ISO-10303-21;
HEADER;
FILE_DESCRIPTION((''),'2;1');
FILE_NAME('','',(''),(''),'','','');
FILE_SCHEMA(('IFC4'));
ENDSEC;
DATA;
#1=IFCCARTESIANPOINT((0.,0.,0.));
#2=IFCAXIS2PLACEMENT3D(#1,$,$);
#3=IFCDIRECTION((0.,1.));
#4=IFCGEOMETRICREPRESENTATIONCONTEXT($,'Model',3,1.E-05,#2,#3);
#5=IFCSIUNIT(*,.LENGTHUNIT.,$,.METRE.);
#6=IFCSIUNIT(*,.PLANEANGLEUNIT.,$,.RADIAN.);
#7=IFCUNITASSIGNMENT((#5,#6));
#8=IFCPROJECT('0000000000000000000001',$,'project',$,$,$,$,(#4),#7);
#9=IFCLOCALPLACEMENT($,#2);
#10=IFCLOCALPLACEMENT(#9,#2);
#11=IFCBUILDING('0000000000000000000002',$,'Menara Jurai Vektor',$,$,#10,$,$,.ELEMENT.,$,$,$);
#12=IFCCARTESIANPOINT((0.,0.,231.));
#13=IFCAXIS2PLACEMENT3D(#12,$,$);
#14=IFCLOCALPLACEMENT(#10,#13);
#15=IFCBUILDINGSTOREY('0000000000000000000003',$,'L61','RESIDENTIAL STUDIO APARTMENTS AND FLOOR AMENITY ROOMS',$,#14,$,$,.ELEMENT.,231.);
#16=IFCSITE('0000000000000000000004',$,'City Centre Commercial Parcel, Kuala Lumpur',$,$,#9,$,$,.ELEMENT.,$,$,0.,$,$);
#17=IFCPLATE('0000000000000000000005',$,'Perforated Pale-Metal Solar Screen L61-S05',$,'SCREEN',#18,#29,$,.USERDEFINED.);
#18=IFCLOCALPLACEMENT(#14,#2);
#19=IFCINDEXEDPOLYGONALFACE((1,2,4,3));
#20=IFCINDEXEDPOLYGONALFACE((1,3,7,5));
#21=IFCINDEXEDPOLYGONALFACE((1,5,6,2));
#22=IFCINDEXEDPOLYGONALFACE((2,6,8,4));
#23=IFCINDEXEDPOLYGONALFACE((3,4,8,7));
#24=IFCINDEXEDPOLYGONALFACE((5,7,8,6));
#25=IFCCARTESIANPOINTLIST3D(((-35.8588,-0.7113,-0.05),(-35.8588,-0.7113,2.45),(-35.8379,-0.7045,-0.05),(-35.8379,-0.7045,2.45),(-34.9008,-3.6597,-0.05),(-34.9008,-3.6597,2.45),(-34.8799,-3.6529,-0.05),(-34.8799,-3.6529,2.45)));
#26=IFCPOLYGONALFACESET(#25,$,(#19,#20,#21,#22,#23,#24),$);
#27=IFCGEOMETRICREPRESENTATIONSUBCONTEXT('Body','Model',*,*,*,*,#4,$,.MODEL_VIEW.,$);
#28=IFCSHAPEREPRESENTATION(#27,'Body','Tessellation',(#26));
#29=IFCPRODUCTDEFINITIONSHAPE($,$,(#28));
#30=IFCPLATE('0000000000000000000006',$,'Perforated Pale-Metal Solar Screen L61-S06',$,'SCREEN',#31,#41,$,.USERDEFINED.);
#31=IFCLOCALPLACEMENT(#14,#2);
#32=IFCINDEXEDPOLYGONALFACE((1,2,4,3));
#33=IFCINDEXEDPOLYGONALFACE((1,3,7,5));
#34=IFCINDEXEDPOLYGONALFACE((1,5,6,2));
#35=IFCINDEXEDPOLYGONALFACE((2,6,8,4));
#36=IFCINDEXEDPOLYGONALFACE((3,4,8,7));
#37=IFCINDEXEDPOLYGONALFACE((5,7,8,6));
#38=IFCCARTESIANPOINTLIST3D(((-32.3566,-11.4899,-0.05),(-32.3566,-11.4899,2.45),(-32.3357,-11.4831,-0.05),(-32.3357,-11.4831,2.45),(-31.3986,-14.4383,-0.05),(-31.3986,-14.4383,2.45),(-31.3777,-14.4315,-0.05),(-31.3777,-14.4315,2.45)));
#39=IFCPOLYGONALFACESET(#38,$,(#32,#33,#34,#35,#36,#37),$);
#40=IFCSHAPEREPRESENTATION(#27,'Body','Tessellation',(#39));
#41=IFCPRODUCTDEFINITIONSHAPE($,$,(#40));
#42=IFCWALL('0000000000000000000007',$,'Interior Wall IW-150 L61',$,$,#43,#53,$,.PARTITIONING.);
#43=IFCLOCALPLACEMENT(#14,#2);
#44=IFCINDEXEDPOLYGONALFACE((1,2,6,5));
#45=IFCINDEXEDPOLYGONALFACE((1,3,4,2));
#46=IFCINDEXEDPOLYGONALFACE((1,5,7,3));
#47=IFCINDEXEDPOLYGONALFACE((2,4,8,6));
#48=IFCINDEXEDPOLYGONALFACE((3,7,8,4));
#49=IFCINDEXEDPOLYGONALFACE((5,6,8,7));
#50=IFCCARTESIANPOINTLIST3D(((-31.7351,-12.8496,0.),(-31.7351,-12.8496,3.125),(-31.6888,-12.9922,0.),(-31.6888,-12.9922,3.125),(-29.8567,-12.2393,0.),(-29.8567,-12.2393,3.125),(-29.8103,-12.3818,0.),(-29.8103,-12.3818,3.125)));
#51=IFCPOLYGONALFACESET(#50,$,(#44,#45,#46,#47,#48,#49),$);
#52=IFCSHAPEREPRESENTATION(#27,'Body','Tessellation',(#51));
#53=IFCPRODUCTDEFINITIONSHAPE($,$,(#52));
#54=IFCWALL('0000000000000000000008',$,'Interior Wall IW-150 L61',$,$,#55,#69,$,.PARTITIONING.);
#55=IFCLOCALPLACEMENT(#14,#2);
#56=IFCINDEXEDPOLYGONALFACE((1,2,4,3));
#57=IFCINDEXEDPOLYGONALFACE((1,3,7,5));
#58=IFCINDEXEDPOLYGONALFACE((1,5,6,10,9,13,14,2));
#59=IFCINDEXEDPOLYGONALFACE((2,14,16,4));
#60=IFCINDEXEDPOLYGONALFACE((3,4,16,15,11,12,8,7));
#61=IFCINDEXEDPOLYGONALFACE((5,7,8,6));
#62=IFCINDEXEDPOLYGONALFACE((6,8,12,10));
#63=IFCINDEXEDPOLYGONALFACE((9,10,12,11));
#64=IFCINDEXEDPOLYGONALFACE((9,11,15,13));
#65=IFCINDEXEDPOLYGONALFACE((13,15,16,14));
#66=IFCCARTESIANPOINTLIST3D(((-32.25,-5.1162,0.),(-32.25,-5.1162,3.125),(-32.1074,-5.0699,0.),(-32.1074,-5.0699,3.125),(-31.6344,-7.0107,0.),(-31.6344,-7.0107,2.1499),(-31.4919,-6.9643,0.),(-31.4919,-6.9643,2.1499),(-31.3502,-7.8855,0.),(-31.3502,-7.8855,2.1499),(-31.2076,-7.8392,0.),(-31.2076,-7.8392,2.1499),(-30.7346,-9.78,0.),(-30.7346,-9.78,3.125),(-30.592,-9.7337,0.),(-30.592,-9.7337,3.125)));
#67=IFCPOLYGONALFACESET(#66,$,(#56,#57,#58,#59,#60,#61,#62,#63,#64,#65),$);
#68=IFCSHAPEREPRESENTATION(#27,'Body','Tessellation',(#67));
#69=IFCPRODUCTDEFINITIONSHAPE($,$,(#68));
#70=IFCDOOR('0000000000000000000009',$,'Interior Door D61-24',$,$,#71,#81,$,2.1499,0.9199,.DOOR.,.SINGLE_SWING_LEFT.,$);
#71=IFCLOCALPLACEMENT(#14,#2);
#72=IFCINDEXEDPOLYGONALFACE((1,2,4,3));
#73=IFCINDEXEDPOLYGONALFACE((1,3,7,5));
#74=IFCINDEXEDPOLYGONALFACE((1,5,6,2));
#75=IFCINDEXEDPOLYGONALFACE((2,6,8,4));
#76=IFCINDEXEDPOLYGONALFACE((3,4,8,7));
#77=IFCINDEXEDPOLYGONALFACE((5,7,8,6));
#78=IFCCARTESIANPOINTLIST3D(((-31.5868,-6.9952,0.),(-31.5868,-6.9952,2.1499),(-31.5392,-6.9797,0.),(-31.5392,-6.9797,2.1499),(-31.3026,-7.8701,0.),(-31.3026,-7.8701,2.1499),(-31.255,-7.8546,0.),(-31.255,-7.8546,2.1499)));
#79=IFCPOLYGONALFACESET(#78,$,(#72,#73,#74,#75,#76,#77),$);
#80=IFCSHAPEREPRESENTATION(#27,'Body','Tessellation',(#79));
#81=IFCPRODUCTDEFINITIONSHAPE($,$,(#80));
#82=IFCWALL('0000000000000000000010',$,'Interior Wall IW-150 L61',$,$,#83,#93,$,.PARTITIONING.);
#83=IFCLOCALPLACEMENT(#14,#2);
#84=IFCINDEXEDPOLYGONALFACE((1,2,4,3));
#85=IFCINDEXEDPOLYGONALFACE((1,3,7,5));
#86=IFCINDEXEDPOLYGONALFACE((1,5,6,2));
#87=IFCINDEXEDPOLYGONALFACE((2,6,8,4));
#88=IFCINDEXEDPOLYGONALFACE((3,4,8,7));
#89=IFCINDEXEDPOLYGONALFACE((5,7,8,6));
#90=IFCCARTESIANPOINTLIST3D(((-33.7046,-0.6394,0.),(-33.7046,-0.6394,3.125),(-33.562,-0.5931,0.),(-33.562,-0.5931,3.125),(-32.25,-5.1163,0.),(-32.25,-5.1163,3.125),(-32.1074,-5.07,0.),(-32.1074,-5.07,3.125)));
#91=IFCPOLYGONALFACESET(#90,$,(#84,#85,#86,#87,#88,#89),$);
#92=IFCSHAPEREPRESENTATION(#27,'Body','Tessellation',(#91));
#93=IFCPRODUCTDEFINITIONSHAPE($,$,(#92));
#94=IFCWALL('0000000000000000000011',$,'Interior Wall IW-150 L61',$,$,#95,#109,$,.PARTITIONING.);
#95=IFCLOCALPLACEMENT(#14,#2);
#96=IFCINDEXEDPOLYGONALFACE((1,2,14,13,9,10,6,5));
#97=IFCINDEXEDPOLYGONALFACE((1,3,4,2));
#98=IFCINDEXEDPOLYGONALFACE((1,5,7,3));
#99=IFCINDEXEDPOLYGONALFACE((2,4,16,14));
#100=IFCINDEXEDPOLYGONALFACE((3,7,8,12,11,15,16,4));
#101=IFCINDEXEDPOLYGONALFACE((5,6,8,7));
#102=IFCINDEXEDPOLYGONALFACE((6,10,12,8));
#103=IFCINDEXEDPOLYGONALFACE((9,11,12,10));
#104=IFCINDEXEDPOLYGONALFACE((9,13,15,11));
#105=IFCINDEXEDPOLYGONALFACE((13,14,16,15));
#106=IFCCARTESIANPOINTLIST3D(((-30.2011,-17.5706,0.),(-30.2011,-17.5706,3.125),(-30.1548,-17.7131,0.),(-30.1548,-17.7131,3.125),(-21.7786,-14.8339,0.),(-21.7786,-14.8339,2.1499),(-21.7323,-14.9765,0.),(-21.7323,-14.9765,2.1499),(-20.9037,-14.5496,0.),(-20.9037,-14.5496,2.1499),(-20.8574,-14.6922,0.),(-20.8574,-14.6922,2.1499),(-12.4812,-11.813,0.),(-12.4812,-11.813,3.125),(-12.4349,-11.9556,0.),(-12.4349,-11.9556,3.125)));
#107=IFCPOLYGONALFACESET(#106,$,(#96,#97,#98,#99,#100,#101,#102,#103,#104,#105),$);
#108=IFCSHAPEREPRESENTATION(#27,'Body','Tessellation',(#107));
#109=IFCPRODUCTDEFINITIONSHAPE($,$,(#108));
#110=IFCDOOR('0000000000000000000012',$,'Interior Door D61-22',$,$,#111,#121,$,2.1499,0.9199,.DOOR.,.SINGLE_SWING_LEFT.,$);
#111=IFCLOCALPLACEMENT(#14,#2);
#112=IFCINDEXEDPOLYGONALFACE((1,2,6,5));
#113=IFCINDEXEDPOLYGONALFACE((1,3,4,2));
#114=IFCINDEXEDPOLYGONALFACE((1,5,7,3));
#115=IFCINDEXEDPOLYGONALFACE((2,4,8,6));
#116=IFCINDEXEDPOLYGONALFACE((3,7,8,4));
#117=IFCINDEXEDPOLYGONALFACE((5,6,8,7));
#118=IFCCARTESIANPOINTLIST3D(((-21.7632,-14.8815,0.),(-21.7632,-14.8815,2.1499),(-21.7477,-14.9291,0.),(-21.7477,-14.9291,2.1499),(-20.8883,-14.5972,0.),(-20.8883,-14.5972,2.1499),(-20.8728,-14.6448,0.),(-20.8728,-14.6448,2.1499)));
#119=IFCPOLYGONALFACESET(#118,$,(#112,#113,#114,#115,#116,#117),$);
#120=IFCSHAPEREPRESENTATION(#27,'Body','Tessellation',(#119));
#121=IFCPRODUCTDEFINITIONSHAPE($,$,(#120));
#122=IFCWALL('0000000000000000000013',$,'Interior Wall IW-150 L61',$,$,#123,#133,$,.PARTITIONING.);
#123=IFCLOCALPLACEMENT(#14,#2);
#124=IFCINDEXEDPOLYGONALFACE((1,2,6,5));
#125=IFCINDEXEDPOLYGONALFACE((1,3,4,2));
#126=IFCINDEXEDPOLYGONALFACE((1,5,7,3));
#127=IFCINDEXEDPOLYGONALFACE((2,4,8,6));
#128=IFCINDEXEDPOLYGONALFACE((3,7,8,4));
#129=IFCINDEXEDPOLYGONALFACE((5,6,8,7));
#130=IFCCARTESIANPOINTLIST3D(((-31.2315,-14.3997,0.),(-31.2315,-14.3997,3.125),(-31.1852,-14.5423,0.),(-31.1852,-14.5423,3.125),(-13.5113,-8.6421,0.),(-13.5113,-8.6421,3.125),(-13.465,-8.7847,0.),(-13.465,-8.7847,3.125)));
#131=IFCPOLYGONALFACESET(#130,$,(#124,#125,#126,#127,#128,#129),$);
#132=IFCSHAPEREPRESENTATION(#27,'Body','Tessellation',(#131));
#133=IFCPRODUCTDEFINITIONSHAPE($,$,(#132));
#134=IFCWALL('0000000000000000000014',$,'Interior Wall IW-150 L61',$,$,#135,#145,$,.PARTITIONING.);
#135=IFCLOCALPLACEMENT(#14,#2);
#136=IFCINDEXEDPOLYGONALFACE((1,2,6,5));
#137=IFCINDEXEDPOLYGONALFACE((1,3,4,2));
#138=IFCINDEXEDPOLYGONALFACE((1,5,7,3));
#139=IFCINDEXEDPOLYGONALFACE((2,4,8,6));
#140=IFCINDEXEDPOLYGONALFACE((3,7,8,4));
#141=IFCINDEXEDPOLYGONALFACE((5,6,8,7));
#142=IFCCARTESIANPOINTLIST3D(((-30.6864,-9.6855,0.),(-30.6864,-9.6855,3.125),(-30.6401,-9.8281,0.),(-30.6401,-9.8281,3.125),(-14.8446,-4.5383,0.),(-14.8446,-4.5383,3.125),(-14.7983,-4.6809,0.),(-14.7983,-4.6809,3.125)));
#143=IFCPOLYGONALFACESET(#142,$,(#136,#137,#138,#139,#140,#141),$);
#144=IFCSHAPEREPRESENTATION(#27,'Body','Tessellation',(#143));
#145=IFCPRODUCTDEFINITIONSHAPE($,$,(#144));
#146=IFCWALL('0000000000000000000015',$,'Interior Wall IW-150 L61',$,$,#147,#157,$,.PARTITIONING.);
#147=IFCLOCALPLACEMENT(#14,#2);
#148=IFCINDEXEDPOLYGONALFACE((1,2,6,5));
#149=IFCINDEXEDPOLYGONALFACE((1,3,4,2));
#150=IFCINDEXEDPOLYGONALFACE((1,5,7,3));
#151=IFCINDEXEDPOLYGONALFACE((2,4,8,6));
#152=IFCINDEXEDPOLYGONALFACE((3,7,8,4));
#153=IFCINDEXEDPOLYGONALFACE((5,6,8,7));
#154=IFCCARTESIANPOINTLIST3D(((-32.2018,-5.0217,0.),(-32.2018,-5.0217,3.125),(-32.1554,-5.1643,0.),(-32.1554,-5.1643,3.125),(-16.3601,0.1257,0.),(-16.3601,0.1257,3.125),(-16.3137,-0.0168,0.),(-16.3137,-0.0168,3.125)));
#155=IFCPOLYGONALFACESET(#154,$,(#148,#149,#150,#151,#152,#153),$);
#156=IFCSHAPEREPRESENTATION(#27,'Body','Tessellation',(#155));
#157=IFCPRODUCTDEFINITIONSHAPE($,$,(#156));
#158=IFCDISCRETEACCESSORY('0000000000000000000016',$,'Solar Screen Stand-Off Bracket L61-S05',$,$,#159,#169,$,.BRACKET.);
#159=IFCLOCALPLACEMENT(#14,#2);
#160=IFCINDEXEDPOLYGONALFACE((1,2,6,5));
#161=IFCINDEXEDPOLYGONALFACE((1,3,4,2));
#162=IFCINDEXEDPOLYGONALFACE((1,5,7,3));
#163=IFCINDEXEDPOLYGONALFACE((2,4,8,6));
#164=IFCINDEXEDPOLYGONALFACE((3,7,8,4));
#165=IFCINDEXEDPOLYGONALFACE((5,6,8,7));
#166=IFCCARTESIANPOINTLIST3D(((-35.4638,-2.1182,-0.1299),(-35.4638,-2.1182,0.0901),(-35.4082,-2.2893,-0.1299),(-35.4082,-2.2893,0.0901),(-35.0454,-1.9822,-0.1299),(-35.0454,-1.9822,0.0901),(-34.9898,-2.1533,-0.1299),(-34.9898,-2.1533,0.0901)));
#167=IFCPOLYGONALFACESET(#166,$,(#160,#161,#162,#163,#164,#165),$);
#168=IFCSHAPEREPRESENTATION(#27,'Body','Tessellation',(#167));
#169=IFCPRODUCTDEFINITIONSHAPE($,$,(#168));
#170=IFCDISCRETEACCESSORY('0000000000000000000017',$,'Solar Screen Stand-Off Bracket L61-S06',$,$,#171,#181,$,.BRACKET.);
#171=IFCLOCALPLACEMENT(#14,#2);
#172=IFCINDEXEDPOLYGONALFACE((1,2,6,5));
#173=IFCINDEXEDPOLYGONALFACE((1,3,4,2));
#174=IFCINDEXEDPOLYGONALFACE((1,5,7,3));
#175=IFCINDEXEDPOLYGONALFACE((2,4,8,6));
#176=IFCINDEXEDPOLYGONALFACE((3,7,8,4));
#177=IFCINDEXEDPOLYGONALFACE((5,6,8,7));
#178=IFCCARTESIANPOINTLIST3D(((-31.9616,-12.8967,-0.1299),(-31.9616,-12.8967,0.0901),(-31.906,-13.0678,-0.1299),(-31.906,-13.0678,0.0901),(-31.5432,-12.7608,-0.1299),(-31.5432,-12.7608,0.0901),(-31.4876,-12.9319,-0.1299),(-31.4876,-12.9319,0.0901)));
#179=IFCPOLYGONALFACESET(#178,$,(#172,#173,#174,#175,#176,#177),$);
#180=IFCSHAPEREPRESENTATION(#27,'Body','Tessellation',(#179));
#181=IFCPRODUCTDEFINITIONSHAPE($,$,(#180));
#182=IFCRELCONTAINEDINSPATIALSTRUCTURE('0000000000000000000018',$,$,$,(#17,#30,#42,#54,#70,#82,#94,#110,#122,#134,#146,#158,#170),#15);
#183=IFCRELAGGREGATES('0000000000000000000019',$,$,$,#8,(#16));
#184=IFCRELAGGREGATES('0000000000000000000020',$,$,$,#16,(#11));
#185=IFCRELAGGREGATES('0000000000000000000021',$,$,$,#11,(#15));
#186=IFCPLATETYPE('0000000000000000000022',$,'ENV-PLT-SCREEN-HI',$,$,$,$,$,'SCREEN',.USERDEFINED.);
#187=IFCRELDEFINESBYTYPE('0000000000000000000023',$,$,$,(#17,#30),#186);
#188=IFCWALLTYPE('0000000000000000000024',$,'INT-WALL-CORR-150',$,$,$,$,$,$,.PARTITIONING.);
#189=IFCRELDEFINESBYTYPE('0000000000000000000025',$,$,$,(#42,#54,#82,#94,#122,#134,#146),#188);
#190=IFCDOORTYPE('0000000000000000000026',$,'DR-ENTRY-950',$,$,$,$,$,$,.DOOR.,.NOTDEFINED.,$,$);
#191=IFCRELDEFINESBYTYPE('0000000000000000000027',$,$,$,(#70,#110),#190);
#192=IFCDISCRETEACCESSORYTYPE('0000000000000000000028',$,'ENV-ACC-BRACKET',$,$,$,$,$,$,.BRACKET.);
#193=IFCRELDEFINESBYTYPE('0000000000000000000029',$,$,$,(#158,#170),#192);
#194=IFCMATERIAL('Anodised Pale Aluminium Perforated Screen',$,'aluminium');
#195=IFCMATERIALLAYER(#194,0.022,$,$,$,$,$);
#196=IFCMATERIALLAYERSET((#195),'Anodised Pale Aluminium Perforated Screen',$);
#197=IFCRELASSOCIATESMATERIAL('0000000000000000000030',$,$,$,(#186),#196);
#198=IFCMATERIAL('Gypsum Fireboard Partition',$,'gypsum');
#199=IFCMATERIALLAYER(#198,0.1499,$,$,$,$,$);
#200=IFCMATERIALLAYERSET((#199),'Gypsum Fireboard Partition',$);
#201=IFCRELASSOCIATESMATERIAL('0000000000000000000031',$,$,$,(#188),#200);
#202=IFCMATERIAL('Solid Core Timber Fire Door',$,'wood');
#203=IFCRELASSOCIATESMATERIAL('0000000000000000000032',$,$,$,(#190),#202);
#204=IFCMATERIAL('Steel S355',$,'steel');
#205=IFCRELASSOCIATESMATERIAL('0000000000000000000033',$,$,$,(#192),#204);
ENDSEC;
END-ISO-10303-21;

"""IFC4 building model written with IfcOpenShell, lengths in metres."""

from ifc_helpers import new_model, si_unit, direction, frame, frame_2d, origin, origin_2d, place, context, subcontext, project, spatial, rectangle, extrude, material, layer, layer_set, type_object, element, fill, save


model = new_model("IFC4")

# Units and contexts
model_context = context("Model", 3, precision=1e-05, world=origin(), true_north=direction((0.0, 1.0)))
body_context = subcontext(model_context, "Body", "Model", "MODEL_VIEW")
ifc_project = project(units=[si_unit("LENGTHUNIT", "METRE"), si_unit("PLANEANGLEUNIT", "RADIAN")], contexts=[model_context])

# Site, building, storey
site_placement = place(None, origin())
site = spatial("IfcSite", under=ifc_project, at=site_placement, Name="City Centre Commercial Parcel, Kuala Lumpur", CompositionType="ELEMENT", RefElevation=0.0)
building_placement = place(site_placement, origin())
building = spatial("IfcBuilding", under=site, at=building_placement, Name="Menara Jurai Vektor", CompositionType="ELEMENT")
storey_placement = place(building_placement, frame((0.0, 0.0, 231.0)))
storey = spatial("IfcBuildingStorey", under=building, at=storey_placement, Name="L61", Description="RESIDENTIAL STUDIO APARTMENTS AND FLOOR AMENITY ROOMS", CompositionType="ELEMENT", Elevation=231.0)

# Shared definitions
ifc_material_1 = material(Name="Steel S355", Category="steel")

# Plates
ifc_material_2 = material(Name="Anodised Pale Aluminium Perforated Screen", Category="aluminium")
ifc_layer_1 = layer(ifc_material_2, 0.022)
ifc_layer_set_1 = layer_set([ifc_layer_1], Name="Anodised Pale Aluminium Perforated Screen")
plate_type_1 = type_object("IfcPlateType", Name="ENV-PLT-SCREEN-HI", ElementType="SCREEN", PredefinedType="USERDEFINED", material=ifc_layer_set_1)
for number, where, z_axis, x_axis, name in (
    (1, (-35.3694, -2.1821, -0.05), (0.0, 0.0, 1.0), (0.309017, -0.951057, 0.0), "Perforated Pale-Metal Solar Screen L61-S05"),
    (2, (-31.8672, -12.9607, -0.05), (0.0, 0.0, 1.0), (0.309017, -0.951057, 0.0), "Perforated Pale-Metal Solar Screen L61-S06"),
):
    element("IfcPlate", number, at=place(storey_placement, frame(where, z_axis=z_axis, x_axis=x_axis)), inside=storey, type_object=plate_type_1, Name=name, ObjectType="SCREEN", PredefinedType="USERDEFINED", context=body_context, shape_type="SweptSolid", body=[
        extrude(rectangle(XDim=3.1001, YDim=0.022, at=origin_2d()), origin(), (0.0, 0.0, 1.0), 2.5),
    ])

# Wall
ifc_material_3 = material(Name="Gypsum Fireboard Partition", Category="gypsum")
ifc_layer_2 = layer(ifc_material_3, 0.1499)
ifc_layer_set_2 = layer_set([ifc_layer_2], Name="Gypsum Fireboard Partition")
wall_type = type_object("IfcWallType", Name="INT-WALL-CORR-150", PredefinedType="PARTITIONING", material=ifc_layer_set_2)
wall_1_placement = place(storey_placement, frame((-31.7119, -12.9209, 0.0), z_axis=(0.0, 0.0, 1.0), x_axis=(0.951054, 0.309025, 0.0)))
element("IfcWall", 3, at=wall_1_placement, inside=storey, type_object=wall_type, Name="Interior Wall IW-150 L61", PredefinedType="PARTITIONING", context=body_context, shape_type="SweptSolid", body=[
    extrude(rectangle(XDim=1.9751, YDim=0.1499, at=frame_2d((0.9875, 0.0))), origin(), (0.0, 0.0, 1.0), 3.125),
])

# Wall, opening, door
ifc_material_4 = material(Name="Solid Core Timber Fire Door", Category="wood")
door_type = type_object("IfcDoorType", Name="DR-ENTRY-950", OperationType="NOTDEFINED", PredefinedType="DOOR", material=ifc_material_4)
wall_2_placement = place(storey_placement, frame((-30.6633, -9.7568, 0.0), z_axis=(0.0, 0.0, 1.0), x_axis=(-0.30902, 0.951056, 0.0)))
wall_2 = element("IfcWall", 4, at=wall_2_placement, inside=storey, type_object=wall_type, Name="Interior Wall IW-150 L61", PredefinedType="PARTITIONING", context=body_context, shape_type="SweptSolid", body=[
    extrude(rectangle(XDim=4.9038, YDim=0.1499, at=frame_2d((2.4519, 0.0))), origin(), (0.0, 0.0, 1.0), 3.125),
])
opening_1_placement = place(wall_2_placement, frame((1.9919, 0.0, 0.0)))
opening_1 = element("IfcOpeningElement", 5, at=opening_1_placement, cuts=wall_2, PredefinedType="OPENING", context=body_context, shape_type="SweptSolid", body=[
    extrude(rectangle(XDim=0.9199, YDim=2.1499, at=frame_2d((0.46, 1.075))), frame((0.0, 0.085, 0.0), z_axis=(0.0, -1.0, 0.0), x_axis=(1.0, 0.0, 0.0)), (0.0, 0.0, 1.0), 0.1699),
])
door_1_placement = place(opening_1_placement, origin())
door_1 = element("IfcDoor", 6, at=door_1_placement, inside=storey, type_object=door_type, Name="Interior Door D61-24", OperationType="SINGLE_SWING_LEFT", OverallHeight=2.1499, OverallWidth=0.9199, PredefinedType="DOOR", context=body_context, shape_type="SweptSolid", body=[
    extrude(rectangle(XDim=0.9199, YDim=2.1499, at=frame_2d((0.46, 1.075))), frame((0.0, 0.0249, 0.0), z_axis=(0.0, -1.0, 0.0), x_axis=(1.0, 0.0, 0.0)), (0.0, 0.0, 1.0), 0.05),
])
fill(opening_1, door_1)

# Wall
wall_3_placement = place(storey_placement, frame((-32.1787, -5.093, 0.0), z_axis=(0.0, 0.0, 1.0), x_axis=(-0.309015, 0.951057, 0.0)))
element("IfcWall", 7, at=wall_3_placement, inside=storey, type_object=wall_type, Name="Interior Wall IW-150 L61", PredefinedType="PARTITIONING", context=body_context, shape_type="SweptSolid", body=[
    extrude(rectangle(XDim=4.7073, YDim=0.1499, at=frame_2d((2.3535, 0.0))), origin(), (0.0, 0.0, 1.0), 3.125),
])

# Wall, opening, door
wall_4_placement = place(storey_placement, frame((-30.178, -17.6418, 0.0), z_axis=(0.0, 0.0, 1.0), x_axis=(0.951057, 0.309017, 0.0)))
wall_4 = element("IfcWall", 8, at=wall_4_placement, inside=storey, type_object=wall_type, Name="Interior Wall IW-150 L61", PredefinedType="PARTITIONING", context=body_context, shape_type="SweptSolid", body=[
    extrude(rectangle(XDim=18.6318, YDim=0.1499, at=frame_2d((9.3159, 0.0))), origin(), (0.0, 0.0, 1.0), 3.125),
])
opening_2_placement = place(wall_4_placement, frame((8.856, 0.0, 0.0)))
opening_2 = element("IfcOpeningElement", 9, at=opening_2_placement, cuts=wall_4, PredefinedType="OPENING", context=body_context, shape_type="SweptSolid", body=[
    extrude(rectangle(XDim=0.9199, YDim=2.1499, at=frame_2d((0.46, 1.075))), frame((0.0, 0.085, 0.0), z_axis=(0.0, -1.0, 0.0), x_axis=(1.0, 0.0, 0.0)), (0.0, 0.0, 1.0), 0.1699),
])
door_2_placement = place(opening_2_placement, origin())
door_2 = element("IfcDoor", 10, at=door_2_placement, inside=storey, type_object=door_type, Name="Interior Door D61-22", OperationType="SINGLE_SWING_LEFT", OverallHeight=2.1499, OverallWidth=0.9199, PredefinedType="DOOR", context=body_context, shape_type="SweptSolid", body=[
    extrude(rectangle(XDim=0.9199, YDim=2.1499, at=frame_2d((0.46, 1.075))), frame((0.0, 0.0249, 0.0), z_axis=(0.0, -1.0, 0.0), x_axis=(1.0, 0.0, 0.0)), (0.0, 0.0, 1.0), 0.05),
])
fill(opening_2, door_2)

# Walls
wall_5_placement = place(storey_placement, frame((-31.2083, -14.4709, 0.0), z_axis=(0.0, 0.0, 1.0), x_axis=(0.951058, 0.309013, 0.0)))
element("IfcWall", 11, at=wall_5_placement, inside=storey, type_object=wall_type, Name="Interior Wall IW-150 L61", PredefinedType="PARTITIONING", context=body_context, shape_type="SweptSolid", body=[
    extrude(rectangle(XDim=18.6321, YDim=0.1499, at=frame_2d((9.3159, 0.0))), origin(), (0.0, 0.0, 1.0), 3.125),
])
for number, where, z_axis, x_axis, name in (
    (12, (-30.6633, -9.7568, 0.0), (0.0, 0.0, 1.0), (0.951058, 0.309012, 0.0), "Interior Wall IW-150 L61"),
    (13, (-32.1787, -5.093, 0.0), (0.0, 0.0, 1.0), (0.951054, 0.309025, 0.0), "Interior Wall IW-150 L61"),
):
    element("IfcWall", number, at=place(storey_placement, frame(where, z_axis=z_axis, x_axis=x_axis)), inside=storey, type_object=wall_type, Name=name, PredefinedType="PARTITIONING", context=body_context, shape_type="SweptSolid", body=[
        extrude(rectangle(XDim=16.657, YDim=0.1499, at=frame_2d((8.3286, 0.0))), origin(), (0.0, 0.0, 1.0), 3.125),
    ])

# Discrete accessories
discrete_accessory_type = type_object("IfcDiscreteAccessoryType", Name="ENV-ACC-BRACKET", PredefinedType="BRACKET", material=ifc_material_1)
for number, where, z_axis, x_axis, name in (
    (14, (-35.2268, -2.1357, -0.1299), (0.0, 0.0, 1.0), (0.309017, -0.951057, 0.0), "Solar Screen Stand-Off Bracket L61-S05"),
    (15, (-31.7246, -12.9143, -0.1299), (0.0, 0.0, 1.0), (0.309017, -0.951057, 0.0), "Solar Screen Stand-Off Bracket L61-S06"),
):
    element("IfcDiscreteAccessory", number, at=place(storey_placement, frame(where, z_axis=z_axis, x_axis=x_axis)), inside=storey, type_object=discrete_accessory_type, Name=name, PredefinedType="BRACKET", context=body_context, shape_type="SweptSolid", body=[
        extrude(rectangle(XDim=0.1799, YDim=0.4399, at=origin_2d()), origin(), (0.0, 0.0, 1.0), 0.22),
    ])

save(model, "model.ifc")
